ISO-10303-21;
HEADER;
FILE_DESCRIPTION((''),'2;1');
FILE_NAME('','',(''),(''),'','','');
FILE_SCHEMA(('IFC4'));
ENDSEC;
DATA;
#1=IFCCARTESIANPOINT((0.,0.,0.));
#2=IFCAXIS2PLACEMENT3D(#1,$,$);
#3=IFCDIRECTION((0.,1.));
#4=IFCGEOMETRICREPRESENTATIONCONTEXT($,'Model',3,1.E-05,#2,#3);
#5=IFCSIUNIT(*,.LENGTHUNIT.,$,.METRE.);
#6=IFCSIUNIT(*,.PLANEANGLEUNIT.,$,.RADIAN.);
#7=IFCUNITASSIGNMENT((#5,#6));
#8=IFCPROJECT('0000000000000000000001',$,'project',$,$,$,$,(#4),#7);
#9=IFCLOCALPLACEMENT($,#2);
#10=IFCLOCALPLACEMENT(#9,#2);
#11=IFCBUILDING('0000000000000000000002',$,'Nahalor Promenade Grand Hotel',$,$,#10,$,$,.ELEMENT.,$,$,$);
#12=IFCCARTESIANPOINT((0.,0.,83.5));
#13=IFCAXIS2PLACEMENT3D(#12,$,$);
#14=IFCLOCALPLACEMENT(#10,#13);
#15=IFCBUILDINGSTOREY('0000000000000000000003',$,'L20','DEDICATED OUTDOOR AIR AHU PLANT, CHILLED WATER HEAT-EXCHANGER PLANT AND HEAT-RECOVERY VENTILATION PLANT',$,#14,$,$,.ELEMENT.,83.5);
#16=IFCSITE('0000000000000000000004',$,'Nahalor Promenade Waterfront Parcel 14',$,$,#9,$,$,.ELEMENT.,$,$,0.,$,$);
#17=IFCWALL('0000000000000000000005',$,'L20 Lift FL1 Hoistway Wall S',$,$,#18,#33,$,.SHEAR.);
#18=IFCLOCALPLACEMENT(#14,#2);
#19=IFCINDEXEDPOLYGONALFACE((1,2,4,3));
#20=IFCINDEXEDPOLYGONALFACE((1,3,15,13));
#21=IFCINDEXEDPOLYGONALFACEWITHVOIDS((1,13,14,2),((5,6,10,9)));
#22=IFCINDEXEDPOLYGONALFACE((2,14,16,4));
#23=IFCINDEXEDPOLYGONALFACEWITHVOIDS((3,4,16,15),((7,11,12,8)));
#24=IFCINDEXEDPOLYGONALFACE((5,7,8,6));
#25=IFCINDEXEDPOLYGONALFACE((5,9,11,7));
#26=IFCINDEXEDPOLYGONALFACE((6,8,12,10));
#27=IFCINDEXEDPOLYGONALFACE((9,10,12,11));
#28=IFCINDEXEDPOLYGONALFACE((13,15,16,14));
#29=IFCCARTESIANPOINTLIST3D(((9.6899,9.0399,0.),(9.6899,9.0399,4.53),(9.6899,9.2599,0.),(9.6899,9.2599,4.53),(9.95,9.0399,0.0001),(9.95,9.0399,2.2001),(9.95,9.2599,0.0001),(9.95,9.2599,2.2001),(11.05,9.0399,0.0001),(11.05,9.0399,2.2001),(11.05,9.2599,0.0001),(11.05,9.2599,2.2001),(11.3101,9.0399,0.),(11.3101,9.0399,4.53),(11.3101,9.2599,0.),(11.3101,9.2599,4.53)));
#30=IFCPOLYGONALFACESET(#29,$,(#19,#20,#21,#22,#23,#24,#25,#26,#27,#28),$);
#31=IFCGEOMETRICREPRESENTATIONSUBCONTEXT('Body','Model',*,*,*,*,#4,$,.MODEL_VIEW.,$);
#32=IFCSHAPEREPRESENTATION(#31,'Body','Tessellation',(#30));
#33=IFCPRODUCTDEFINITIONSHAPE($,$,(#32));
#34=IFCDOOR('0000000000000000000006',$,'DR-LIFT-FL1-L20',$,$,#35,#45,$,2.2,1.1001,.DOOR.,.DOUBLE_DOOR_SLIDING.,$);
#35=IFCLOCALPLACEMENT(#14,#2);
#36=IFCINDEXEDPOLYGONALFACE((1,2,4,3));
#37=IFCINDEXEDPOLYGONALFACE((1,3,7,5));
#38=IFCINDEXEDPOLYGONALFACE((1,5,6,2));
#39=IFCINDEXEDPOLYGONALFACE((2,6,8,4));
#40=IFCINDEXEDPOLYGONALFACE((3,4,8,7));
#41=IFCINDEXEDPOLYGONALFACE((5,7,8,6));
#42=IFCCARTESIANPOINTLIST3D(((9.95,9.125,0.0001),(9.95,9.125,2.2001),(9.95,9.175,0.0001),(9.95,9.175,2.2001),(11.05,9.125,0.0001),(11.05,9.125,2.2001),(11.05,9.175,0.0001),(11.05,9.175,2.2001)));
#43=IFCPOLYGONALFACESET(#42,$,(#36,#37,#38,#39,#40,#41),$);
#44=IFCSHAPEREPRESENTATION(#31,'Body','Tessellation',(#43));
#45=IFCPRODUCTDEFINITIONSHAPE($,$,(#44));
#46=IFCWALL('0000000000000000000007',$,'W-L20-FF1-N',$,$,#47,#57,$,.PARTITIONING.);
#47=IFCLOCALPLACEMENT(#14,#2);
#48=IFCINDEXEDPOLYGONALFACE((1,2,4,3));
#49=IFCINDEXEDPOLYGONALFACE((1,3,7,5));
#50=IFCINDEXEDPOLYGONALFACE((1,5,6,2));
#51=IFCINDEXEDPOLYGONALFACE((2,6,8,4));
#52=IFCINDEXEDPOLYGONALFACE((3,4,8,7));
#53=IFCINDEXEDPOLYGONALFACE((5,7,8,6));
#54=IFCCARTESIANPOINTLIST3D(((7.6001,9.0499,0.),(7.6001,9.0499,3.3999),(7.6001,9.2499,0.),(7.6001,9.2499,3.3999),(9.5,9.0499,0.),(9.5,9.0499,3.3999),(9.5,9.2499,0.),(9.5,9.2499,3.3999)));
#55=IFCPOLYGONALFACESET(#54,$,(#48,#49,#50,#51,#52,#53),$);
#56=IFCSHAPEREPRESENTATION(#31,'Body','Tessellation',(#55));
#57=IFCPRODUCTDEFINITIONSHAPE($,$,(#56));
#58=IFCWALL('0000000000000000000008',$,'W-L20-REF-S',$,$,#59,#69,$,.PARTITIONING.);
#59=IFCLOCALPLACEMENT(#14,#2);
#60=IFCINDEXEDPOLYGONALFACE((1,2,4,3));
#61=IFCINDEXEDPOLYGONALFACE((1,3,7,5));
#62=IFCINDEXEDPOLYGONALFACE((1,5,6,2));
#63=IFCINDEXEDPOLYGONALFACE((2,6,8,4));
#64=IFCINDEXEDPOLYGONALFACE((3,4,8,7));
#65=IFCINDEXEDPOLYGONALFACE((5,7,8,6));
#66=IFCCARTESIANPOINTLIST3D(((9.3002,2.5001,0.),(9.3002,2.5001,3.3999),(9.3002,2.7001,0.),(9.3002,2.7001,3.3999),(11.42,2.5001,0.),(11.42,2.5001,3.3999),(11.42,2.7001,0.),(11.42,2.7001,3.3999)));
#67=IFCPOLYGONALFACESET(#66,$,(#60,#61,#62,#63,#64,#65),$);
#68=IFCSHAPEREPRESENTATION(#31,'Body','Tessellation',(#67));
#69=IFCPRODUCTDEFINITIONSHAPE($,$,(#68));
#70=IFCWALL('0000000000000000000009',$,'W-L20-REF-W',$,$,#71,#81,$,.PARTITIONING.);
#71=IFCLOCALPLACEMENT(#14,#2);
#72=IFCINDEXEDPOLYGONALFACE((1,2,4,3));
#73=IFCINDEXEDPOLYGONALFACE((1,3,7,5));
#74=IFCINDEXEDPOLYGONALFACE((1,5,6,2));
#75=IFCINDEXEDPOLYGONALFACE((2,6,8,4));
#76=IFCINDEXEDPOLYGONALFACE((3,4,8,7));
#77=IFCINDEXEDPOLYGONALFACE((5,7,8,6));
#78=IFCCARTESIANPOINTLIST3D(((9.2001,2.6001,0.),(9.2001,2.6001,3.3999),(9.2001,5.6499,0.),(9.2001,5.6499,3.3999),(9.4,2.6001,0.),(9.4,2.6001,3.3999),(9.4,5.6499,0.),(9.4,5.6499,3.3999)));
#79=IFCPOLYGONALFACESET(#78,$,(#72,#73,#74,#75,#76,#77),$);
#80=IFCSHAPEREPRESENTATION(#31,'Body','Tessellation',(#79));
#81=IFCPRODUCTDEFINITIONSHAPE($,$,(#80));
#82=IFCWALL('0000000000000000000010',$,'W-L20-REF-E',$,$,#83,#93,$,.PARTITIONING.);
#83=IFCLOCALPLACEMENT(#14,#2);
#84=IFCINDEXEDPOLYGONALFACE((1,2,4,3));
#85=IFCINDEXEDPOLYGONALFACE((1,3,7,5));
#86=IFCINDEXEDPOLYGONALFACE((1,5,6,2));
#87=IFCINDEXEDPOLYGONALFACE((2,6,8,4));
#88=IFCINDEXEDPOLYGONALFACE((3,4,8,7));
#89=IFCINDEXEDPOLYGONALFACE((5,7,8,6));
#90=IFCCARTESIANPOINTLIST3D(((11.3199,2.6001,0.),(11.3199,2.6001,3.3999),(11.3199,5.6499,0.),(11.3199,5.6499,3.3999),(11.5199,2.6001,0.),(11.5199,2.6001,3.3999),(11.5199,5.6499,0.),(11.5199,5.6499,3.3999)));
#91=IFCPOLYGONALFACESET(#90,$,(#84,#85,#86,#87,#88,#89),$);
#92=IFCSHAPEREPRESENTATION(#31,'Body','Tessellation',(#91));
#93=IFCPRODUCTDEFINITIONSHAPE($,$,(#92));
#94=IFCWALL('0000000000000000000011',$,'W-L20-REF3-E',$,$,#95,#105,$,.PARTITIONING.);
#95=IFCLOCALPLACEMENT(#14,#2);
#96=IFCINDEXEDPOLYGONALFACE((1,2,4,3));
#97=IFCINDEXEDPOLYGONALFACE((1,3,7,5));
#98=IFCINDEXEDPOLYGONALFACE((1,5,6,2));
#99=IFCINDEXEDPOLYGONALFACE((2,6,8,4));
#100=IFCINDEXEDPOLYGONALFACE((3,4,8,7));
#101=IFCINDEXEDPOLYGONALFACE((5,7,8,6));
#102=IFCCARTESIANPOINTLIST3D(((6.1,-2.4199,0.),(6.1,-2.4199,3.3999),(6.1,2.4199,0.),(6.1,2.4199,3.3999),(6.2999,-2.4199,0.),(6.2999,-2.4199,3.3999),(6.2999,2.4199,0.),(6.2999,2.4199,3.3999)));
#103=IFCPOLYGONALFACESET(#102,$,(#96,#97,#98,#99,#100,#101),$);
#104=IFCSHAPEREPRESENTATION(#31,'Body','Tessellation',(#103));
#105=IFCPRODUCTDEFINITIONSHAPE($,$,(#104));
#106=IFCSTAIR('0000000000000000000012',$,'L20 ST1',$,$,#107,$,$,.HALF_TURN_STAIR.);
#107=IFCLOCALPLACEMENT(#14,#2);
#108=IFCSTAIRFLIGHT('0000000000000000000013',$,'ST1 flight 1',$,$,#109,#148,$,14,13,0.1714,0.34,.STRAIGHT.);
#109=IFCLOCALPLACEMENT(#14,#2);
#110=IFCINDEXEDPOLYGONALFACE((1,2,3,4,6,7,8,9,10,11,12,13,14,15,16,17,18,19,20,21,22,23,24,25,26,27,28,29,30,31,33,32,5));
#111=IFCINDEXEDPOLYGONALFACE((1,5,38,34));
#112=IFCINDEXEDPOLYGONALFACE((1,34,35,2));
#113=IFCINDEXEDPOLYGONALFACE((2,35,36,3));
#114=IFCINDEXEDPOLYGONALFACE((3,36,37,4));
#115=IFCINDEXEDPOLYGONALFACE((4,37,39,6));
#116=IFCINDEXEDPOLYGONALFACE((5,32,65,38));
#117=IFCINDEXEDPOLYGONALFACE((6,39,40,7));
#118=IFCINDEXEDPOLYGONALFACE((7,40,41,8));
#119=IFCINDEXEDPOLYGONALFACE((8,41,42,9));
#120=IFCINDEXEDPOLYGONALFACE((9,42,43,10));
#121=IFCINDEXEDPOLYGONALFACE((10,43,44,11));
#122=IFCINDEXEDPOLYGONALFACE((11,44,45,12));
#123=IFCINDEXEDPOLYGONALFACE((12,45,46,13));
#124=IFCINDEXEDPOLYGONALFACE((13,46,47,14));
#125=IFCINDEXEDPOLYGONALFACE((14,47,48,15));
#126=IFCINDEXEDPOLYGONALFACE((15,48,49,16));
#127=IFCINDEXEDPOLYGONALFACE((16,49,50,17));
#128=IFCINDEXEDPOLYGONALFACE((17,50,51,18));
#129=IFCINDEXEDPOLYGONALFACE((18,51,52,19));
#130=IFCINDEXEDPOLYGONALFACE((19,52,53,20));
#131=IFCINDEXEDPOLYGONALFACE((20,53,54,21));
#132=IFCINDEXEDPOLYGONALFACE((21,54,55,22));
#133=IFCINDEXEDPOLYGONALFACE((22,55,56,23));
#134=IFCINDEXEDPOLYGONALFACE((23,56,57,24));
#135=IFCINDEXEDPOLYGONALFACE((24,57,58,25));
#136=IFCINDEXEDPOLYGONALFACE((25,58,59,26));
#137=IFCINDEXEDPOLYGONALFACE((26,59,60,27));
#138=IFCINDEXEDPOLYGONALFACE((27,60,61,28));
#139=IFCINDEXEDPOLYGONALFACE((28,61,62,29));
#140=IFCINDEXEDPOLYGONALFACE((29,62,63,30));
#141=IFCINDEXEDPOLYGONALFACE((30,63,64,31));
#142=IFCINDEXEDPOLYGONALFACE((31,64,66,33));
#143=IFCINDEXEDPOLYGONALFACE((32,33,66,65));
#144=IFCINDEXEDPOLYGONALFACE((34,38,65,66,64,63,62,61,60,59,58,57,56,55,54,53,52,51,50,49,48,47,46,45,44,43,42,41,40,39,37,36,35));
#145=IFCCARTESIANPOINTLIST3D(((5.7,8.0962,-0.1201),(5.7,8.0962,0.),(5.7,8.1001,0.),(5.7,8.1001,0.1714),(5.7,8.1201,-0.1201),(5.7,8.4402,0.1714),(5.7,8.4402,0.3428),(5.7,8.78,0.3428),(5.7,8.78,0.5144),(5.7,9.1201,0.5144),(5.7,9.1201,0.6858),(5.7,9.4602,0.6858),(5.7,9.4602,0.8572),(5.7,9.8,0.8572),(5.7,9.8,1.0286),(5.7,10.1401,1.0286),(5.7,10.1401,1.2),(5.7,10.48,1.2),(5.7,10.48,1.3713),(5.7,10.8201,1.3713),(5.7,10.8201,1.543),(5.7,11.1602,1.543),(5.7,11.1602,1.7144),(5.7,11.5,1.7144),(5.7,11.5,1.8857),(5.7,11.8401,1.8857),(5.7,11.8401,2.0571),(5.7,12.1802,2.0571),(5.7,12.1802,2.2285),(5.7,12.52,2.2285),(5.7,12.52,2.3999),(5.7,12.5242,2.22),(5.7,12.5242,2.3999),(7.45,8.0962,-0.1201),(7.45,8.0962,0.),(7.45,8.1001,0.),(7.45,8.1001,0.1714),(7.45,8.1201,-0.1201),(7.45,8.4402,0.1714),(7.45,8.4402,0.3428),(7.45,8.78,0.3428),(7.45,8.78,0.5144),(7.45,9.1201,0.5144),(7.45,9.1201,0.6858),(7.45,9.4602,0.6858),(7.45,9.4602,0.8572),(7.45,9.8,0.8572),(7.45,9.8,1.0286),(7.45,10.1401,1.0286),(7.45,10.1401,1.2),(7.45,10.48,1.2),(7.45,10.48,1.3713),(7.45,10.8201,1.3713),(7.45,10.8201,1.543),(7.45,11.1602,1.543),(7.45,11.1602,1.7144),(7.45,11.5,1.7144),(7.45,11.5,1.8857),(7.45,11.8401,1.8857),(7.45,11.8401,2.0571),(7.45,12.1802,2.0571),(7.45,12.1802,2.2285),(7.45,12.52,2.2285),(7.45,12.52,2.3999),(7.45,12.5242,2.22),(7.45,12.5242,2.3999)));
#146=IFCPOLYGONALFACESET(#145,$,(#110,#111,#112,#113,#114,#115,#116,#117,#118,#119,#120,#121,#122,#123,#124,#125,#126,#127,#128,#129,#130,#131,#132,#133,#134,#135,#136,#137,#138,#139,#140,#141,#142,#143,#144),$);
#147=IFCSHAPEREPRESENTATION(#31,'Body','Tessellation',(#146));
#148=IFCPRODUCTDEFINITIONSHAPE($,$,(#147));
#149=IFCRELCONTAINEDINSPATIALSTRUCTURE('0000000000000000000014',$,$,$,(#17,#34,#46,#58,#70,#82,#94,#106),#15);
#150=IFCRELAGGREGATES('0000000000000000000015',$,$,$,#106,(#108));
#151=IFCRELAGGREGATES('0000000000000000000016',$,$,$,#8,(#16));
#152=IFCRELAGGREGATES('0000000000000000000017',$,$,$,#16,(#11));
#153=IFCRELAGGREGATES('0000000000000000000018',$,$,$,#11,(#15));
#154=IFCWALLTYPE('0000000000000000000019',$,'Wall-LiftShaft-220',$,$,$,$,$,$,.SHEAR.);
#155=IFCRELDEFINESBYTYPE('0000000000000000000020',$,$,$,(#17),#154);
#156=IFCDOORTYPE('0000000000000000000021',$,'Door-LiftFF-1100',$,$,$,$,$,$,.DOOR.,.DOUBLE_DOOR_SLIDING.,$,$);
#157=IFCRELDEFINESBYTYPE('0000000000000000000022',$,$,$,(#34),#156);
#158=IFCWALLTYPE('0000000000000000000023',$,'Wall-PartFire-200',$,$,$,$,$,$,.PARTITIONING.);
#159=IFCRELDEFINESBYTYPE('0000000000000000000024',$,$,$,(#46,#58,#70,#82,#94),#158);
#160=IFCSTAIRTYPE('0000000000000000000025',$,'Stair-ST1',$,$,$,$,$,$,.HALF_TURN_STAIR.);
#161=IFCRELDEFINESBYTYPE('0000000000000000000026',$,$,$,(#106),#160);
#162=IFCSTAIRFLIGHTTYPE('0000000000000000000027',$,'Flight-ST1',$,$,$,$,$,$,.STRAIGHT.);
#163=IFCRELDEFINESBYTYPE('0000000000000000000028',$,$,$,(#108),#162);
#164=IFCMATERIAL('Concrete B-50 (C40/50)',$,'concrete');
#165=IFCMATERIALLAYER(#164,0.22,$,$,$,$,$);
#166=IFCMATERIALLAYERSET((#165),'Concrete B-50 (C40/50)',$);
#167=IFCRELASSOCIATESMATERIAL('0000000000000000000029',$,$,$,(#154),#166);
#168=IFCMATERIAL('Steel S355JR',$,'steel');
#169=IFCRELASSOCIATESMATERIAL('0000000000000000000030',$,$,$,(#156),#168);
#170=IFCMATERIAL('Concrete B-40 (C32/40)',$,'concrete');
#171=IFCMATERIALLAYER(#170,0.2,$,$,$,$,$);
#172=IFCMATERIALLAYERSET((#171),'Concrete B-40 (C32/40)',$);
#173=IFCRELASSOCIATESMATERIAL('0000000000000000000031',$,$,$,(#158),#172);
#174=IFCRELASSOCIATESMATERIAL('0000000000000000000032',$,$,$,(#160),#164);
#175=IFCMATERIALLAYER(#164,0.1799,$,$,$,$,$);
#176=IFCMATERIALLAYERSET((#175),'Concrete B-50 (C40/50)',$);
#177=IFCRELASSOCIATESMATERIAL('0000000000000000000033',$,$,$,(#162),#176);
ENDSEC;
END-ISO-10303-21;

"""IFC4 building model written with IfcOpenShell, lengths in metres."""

from ifc_helpers import new_model, si_unit, direction, frame, frame_2d, origin, place, context, subcontext, project, spatial, polyline, rectangle, outline, extrude, source, transform, mapped, material, layer, layer_set, type_object, element, fill, aggregate, save


model = new_model("IFC4")

# Units and contexts
model_context = context("Model", 3, precision=1e-05, world=origin(), true_north=direction((0.0, 1.0)))
body_context = subcontext(model_context, "Body", "Model", "MODEL_VIEW")
ifc_project = project(units=[si_unit("LENGTHUNIT", "METRE"), si_unit("PLANEANGLEUNIT", "RADIAN")], contexts=[model_context])

# Site, building, storey
site_placement = place(None, origin())
site = spatial("IfcSite", under=ifc_project, at=site_placement, Name="Nahalor Promenade Waterfront Parcel 14", CompositionType="ELEMENT", RefElevation=0.0)
building_placement = place(site_placement, origin())
building = spatial("IfcBuilding", under=site, at=building_placement, Name="Nahalor Promenade Grand Hotel", CompositionType="ELEMENT")
storey_placement = place(building_placement, frame((0.0, 0.0, 83.5)))
storey = spatial("IfcBuildingStorey", under=building, at=storey_placement, Name="L20", Description="DEDICATED OUTDOOR AIR AHU PLANT, CHILLED WATER HEAT-EXCHANGER PLANT AND HEAT-RECOVERY VENTILATION PLANT", CompositionType="ELEMENT", Elevation=83.5)

# Shared definitions
ifc_material_1 = material(Name="Steel S355JR", Category="steel")

# Shared definitions
ifc_material_2 = material(Name="Concrete B-50 (C40/50)", Category="concrete")
ifc_layer_1 = layer(ifc_material_2, 0.22)
ifc_layer_set_1 = layer_set([ifc_layer_1], Name="Concrete B-50 (C40/50)")
wall_type_1 = type_object("IfcWallType", Name="Wall-LiftShaft-220", PredefinedType="SHEAR", material=ifc_layer_set_1)

# Wall, opening, door
shared_shape_1 = source(origin(), body_context, "Body", "SweptSolid", [
    extrude(rectangle(XDim=1.6201, YDim=0.22, at=frame_2d((0.8101, 0.0))), origin(), (0.0, 0.0, 1.0), 4.53),
])
wall_1_placement = place(storey_placement, frame((9.6899, 9.1499, 0.0), z_axis=(0.0, 0.0, 1.0), x_axis=(1.0, 0.0, 0.0)))
wall_1 = element("IfcWall", 1, at=wall_1_placement, inside=storey, type_object=wall_type_1, Name="L20 Lift FL1 Hoistway Wall S", PredefinedType="SHEAR", context=body_context, shape_type="MappedRepresentation", body=[
    mapped(shared_shape_1, transform((0.0, 0.0, 0.0), scale=1.0)),
])
opening_1_placement = place(wall_1_placement, frame((0.26, 0.0, 0.0)))
opening_1 = element("IfcOpeningElement", 2, at=opening_1_placement, cuts=wall_1, PredefinedType="OPENING", context=body_context, shape_type="SweptSolid", body=[
    extrude(rectangle(XDim=1.1001, YDim=2.2, at=frame_2d((0.55, 1.1001))), frame((0.0, 0.1199, 0.0), z_axis=(0.0, -1.0, 0.0), x_axis=(1.0, 0.0, 0.0)), (0.0, 0.0, 1.0), 0.24),
])
door_type_1 = type_object("IfcDoorType", Name="Door-LiftFF-1100", OperationType="DOUBLE_DOOR_SLIDING", PredefinedType="DOOR", material=ifc_material_1)
shared_shape_2 = source(origin(), body_context, "Body", "SweptSolid", [
    extrude(rectangle(XDim=1.1001, YDim=2.2, at=frame_2d((0.55, 1.1001))), frame((0.0, 0.0249, 0.0), z_axis=(0.0, -1.0, 0.0), x_axis=(1.0, 0.0, 0.0)), (0.0, 0.0, 1.0), 0.05),
])
door_1_placement = place(opening_1_placement, frame((1.1001, 0.0, 0.0), z_axis=(0.0, 0.0, 1.0), x_axis=(-1.0, 0.0, 0.0)))
door_1 = element("IfcDoor", 3, at=door_1_placement, inside=storey, type_object=door_type_1, Name="DR-LIFT-FL1-L20", OperationType="DOUBLE_DOOR_SLIDING", OverallHeight=2.2, OverallWidth=1.1001, PredefinedType="DOOR", context=body_context, shape_type="MappedRepresentation", body=[
    mapped(shared_shape_2, transform((0.0, 0.0, 0.0), scale=1.0)),
])
fill(opening_1, door_1)
ifc_material_3 = material(Name="Concrete B-40 (C32/40)", Category="concrete")
ifc_layer_2 = layer(ifc_material_3, 0.2)
ifc_layer_set_2 = layer_set([ifc_layer_2], Name="Concrete B-40 (C32/40)")
wall_type_2 = type_object("IfcWallType", Name="Wall-PartFire-200", PredefinedType="PARTITIONING", material=ifc_layer_set_2)

# Wall
shared_shape_3 = source(origin(), body_context, "Body", "SweptSolid", [
    extrude(rectangle(XDim=1.8999, YDim=0.2, at=frame_2d((0.95, 0.0))), origin(), (0.0, 0.0, 1.0), 3.3999),
])
wall_2_placement = place(storey_placement, frame((7.6001, 9.1499, 0.0), z_axis=(0.0, 0.0, 1.0), x_axis=(1.0, 0.0, 0.0)))
element("IfcWall", 4, at=wall_2_placement, inside=storey, type_object=wall_type_2, Name="W-L20-FF1-N", PredefinedType="PARTITIONING", context=body_context, shape_type="MappedRepresentation", body=[
    mapped(shared_shape_3, transform((0.0, 0.0, 0.0), scale=1.0)),
])

# Walls
shared_shape_4 = source(origin(), body_context, "Body", "SweptSolid", [
    extrude(rectangle(XDim=2.1199, YDim=0.2, at=frame_2d((1.0601, 0.0))), origin(), (0.0, 0.0, 1.0), 3.3999),
])
wall_3_placement = place(storey_placement, frame((9.3, 2.6001, 0.0), z_axis=(0.0, 0.0, 1.0), x_axis=(1.0, 0.0, 0.0)))
element("IfcWall", 5, at=wall_3_placement, inside=storey, type_object=wall_type_2, Name="W-L20-REF-S", PredefinedType="PARTITIONING", context=body_context, shape_type="MappedRepresentation", body=[
    mapped(shared_shape_4, transform((0.0, 0.0, 0.0), scale=1.0)),
])
shared_shape_5 = source(origin(), body_context, "Body", "SweptSolid", [
    extrude(rectangle(XDim=3.0498, YDim=0.2, at=frame_2d((1.5249, 0.0))), origin(), (0.0, 0.0, 1.0), 3.3999),
])
for number, where, z_axis, x_axis, name in (
    (6, (9.3, 2.6001, 0.0), (0.0, 0.0, 1.0), (0.0, 1.0, 0.0), "W-L20-REF-W"),
    (7, (11.4199, 2.6001, 0.0), (0.0, 0.0, 1.0), (0.0, 1.0, 0.0), "W-L20-REF-E"),
):
    element("IfcWall", number, at=place(storey_placement, frame(where, z_axis=z_axis, x_axis=x_axis)), inside=storey, type_object=wall_type_2, Name=name, PredefinedType="PARTITIONING", context=body_context, shape_type="MappedRepresentation", body=[
        mapped(shared_shape_5, transform((0.0, 0.0, 0.0), scale=1.0)),
    ])
shared_shape_6 = source(origin(), body_context, "Body", "SweptSolid", [
    extrude(rectangle(XDim=4.8398, YDim=0.2, at=frame_2d((2.4199, 0.0))), origin(), (0.0, 0.0, 1.0), 3.3999),
])
wall_4_placement = place(storey_placement, frame((6.2, -2.4199, 0.0), z_axis=(0.0, 0.0, 1.0), x_axis=(0.0, 1.0, 0.0)))
element("IfcWall", 8, at=wall_4_placement, inside=storey, type_object=wall_type_2, Name="W-L20-REF3-E", PredefinedType="PARTITIONING", context=body_context, shape_type="MappedRepresentation", body=[
    mapped(shared_shape_6, transform((0.0, 0.0, 0.0), scale=1.0)),
])

# Stair, stair flight
stair_type = type_object("IfcStairType", Name="Stair-ST1", PredefinedType="HALF_TURN_STAIR", material=ifc_material_2)
stair_placement = place(storey_placement, origin())
stair = element("IfcStair", 9, at=stair_placement, inside=storey, type_object=stair_type, Name="L20 ST1", PredefinedType="HALF_TURN_STAIR")
ifc_layer_3 = layer(ifc_material_2, 0.1799)
ifc_layer_set_3 = layer_set([ifc_layer_3], Name="Concrete B-50 (C40/50)")
stair_flight_type = type_object("IfcStairFlightType", Name="Flight-ST1", PredefinedType="STRAIGHT", material=ifc_layer_set_3)
shared_shape_7 = source(origin(), body_context, "Body", "SweptSolid", [
    extrude(outline(polyline([(-0.0039, -0.1201), (-0.0039, 0.0), (0.0, 0.0), (0.0, 0.1714), (0.3401, 0.1714), (0.3401, 0.3428), (0.6799, 0.3428), (0.6799, 0.5144), (1.02, 0.5144), (1.02, 0.6858), (1.3601, 0.6858), (1.3601, 0.8572), (1.7, 0.8572), (1.7, 1.0286), (2.04, 1.0286), (2.04, 1.2), (2.3799, 1.2), (2.3799, 1.3713), (2.72, 1.3713), (2.72, 1.543), (3.0601, 1.543), (3.0601, 1.7144), (3.3999, 1.7144), (3.3999, 1.8857), (3.74, 1.8857), (3.74, 2.0571), (4.0801, 2.0571), (4.0801, 2.2285), (4.4199, 2.2285), (4.4199, 2.3999), (4.4241, 2.3999), (4.4241, 2.22), (0.02, -0.1201), (-0.0039, -0.1201)])), frame((0.0, 0.875, 0.0), z_axis=(0.0, -1.0, 0.0), x_axis=(1.0, 0.0, 0.0)), (0.0, 0.0, 1.0), 1.75),
])
stair_flight_placement = place(storey_placement, frame((6.575, 8.1001, 0.0), z_axis=(0.0, 0.0, 1.0), x_axis=(0.0, 1.0, 0.0)))
stair_flight = element("IfcStairFlight", 10, at=stair_flight_placement, type_object=stair_flight_type, Name="ST1 flight 1", NumberOfRisers=14, NumberOfTreads=13, PredefinedType="STRAIGHT", RiserHeight=0.1714, TreadLength=0.34, context=body_context, shape_type="MappedRepresentation", body=[
    mapped(shared_shape_7, transform((0.0, 0.0, 0.0), scale=1.0)),
])
aggregate(stair, [stair_flight])

save(model, "model.ifc")
